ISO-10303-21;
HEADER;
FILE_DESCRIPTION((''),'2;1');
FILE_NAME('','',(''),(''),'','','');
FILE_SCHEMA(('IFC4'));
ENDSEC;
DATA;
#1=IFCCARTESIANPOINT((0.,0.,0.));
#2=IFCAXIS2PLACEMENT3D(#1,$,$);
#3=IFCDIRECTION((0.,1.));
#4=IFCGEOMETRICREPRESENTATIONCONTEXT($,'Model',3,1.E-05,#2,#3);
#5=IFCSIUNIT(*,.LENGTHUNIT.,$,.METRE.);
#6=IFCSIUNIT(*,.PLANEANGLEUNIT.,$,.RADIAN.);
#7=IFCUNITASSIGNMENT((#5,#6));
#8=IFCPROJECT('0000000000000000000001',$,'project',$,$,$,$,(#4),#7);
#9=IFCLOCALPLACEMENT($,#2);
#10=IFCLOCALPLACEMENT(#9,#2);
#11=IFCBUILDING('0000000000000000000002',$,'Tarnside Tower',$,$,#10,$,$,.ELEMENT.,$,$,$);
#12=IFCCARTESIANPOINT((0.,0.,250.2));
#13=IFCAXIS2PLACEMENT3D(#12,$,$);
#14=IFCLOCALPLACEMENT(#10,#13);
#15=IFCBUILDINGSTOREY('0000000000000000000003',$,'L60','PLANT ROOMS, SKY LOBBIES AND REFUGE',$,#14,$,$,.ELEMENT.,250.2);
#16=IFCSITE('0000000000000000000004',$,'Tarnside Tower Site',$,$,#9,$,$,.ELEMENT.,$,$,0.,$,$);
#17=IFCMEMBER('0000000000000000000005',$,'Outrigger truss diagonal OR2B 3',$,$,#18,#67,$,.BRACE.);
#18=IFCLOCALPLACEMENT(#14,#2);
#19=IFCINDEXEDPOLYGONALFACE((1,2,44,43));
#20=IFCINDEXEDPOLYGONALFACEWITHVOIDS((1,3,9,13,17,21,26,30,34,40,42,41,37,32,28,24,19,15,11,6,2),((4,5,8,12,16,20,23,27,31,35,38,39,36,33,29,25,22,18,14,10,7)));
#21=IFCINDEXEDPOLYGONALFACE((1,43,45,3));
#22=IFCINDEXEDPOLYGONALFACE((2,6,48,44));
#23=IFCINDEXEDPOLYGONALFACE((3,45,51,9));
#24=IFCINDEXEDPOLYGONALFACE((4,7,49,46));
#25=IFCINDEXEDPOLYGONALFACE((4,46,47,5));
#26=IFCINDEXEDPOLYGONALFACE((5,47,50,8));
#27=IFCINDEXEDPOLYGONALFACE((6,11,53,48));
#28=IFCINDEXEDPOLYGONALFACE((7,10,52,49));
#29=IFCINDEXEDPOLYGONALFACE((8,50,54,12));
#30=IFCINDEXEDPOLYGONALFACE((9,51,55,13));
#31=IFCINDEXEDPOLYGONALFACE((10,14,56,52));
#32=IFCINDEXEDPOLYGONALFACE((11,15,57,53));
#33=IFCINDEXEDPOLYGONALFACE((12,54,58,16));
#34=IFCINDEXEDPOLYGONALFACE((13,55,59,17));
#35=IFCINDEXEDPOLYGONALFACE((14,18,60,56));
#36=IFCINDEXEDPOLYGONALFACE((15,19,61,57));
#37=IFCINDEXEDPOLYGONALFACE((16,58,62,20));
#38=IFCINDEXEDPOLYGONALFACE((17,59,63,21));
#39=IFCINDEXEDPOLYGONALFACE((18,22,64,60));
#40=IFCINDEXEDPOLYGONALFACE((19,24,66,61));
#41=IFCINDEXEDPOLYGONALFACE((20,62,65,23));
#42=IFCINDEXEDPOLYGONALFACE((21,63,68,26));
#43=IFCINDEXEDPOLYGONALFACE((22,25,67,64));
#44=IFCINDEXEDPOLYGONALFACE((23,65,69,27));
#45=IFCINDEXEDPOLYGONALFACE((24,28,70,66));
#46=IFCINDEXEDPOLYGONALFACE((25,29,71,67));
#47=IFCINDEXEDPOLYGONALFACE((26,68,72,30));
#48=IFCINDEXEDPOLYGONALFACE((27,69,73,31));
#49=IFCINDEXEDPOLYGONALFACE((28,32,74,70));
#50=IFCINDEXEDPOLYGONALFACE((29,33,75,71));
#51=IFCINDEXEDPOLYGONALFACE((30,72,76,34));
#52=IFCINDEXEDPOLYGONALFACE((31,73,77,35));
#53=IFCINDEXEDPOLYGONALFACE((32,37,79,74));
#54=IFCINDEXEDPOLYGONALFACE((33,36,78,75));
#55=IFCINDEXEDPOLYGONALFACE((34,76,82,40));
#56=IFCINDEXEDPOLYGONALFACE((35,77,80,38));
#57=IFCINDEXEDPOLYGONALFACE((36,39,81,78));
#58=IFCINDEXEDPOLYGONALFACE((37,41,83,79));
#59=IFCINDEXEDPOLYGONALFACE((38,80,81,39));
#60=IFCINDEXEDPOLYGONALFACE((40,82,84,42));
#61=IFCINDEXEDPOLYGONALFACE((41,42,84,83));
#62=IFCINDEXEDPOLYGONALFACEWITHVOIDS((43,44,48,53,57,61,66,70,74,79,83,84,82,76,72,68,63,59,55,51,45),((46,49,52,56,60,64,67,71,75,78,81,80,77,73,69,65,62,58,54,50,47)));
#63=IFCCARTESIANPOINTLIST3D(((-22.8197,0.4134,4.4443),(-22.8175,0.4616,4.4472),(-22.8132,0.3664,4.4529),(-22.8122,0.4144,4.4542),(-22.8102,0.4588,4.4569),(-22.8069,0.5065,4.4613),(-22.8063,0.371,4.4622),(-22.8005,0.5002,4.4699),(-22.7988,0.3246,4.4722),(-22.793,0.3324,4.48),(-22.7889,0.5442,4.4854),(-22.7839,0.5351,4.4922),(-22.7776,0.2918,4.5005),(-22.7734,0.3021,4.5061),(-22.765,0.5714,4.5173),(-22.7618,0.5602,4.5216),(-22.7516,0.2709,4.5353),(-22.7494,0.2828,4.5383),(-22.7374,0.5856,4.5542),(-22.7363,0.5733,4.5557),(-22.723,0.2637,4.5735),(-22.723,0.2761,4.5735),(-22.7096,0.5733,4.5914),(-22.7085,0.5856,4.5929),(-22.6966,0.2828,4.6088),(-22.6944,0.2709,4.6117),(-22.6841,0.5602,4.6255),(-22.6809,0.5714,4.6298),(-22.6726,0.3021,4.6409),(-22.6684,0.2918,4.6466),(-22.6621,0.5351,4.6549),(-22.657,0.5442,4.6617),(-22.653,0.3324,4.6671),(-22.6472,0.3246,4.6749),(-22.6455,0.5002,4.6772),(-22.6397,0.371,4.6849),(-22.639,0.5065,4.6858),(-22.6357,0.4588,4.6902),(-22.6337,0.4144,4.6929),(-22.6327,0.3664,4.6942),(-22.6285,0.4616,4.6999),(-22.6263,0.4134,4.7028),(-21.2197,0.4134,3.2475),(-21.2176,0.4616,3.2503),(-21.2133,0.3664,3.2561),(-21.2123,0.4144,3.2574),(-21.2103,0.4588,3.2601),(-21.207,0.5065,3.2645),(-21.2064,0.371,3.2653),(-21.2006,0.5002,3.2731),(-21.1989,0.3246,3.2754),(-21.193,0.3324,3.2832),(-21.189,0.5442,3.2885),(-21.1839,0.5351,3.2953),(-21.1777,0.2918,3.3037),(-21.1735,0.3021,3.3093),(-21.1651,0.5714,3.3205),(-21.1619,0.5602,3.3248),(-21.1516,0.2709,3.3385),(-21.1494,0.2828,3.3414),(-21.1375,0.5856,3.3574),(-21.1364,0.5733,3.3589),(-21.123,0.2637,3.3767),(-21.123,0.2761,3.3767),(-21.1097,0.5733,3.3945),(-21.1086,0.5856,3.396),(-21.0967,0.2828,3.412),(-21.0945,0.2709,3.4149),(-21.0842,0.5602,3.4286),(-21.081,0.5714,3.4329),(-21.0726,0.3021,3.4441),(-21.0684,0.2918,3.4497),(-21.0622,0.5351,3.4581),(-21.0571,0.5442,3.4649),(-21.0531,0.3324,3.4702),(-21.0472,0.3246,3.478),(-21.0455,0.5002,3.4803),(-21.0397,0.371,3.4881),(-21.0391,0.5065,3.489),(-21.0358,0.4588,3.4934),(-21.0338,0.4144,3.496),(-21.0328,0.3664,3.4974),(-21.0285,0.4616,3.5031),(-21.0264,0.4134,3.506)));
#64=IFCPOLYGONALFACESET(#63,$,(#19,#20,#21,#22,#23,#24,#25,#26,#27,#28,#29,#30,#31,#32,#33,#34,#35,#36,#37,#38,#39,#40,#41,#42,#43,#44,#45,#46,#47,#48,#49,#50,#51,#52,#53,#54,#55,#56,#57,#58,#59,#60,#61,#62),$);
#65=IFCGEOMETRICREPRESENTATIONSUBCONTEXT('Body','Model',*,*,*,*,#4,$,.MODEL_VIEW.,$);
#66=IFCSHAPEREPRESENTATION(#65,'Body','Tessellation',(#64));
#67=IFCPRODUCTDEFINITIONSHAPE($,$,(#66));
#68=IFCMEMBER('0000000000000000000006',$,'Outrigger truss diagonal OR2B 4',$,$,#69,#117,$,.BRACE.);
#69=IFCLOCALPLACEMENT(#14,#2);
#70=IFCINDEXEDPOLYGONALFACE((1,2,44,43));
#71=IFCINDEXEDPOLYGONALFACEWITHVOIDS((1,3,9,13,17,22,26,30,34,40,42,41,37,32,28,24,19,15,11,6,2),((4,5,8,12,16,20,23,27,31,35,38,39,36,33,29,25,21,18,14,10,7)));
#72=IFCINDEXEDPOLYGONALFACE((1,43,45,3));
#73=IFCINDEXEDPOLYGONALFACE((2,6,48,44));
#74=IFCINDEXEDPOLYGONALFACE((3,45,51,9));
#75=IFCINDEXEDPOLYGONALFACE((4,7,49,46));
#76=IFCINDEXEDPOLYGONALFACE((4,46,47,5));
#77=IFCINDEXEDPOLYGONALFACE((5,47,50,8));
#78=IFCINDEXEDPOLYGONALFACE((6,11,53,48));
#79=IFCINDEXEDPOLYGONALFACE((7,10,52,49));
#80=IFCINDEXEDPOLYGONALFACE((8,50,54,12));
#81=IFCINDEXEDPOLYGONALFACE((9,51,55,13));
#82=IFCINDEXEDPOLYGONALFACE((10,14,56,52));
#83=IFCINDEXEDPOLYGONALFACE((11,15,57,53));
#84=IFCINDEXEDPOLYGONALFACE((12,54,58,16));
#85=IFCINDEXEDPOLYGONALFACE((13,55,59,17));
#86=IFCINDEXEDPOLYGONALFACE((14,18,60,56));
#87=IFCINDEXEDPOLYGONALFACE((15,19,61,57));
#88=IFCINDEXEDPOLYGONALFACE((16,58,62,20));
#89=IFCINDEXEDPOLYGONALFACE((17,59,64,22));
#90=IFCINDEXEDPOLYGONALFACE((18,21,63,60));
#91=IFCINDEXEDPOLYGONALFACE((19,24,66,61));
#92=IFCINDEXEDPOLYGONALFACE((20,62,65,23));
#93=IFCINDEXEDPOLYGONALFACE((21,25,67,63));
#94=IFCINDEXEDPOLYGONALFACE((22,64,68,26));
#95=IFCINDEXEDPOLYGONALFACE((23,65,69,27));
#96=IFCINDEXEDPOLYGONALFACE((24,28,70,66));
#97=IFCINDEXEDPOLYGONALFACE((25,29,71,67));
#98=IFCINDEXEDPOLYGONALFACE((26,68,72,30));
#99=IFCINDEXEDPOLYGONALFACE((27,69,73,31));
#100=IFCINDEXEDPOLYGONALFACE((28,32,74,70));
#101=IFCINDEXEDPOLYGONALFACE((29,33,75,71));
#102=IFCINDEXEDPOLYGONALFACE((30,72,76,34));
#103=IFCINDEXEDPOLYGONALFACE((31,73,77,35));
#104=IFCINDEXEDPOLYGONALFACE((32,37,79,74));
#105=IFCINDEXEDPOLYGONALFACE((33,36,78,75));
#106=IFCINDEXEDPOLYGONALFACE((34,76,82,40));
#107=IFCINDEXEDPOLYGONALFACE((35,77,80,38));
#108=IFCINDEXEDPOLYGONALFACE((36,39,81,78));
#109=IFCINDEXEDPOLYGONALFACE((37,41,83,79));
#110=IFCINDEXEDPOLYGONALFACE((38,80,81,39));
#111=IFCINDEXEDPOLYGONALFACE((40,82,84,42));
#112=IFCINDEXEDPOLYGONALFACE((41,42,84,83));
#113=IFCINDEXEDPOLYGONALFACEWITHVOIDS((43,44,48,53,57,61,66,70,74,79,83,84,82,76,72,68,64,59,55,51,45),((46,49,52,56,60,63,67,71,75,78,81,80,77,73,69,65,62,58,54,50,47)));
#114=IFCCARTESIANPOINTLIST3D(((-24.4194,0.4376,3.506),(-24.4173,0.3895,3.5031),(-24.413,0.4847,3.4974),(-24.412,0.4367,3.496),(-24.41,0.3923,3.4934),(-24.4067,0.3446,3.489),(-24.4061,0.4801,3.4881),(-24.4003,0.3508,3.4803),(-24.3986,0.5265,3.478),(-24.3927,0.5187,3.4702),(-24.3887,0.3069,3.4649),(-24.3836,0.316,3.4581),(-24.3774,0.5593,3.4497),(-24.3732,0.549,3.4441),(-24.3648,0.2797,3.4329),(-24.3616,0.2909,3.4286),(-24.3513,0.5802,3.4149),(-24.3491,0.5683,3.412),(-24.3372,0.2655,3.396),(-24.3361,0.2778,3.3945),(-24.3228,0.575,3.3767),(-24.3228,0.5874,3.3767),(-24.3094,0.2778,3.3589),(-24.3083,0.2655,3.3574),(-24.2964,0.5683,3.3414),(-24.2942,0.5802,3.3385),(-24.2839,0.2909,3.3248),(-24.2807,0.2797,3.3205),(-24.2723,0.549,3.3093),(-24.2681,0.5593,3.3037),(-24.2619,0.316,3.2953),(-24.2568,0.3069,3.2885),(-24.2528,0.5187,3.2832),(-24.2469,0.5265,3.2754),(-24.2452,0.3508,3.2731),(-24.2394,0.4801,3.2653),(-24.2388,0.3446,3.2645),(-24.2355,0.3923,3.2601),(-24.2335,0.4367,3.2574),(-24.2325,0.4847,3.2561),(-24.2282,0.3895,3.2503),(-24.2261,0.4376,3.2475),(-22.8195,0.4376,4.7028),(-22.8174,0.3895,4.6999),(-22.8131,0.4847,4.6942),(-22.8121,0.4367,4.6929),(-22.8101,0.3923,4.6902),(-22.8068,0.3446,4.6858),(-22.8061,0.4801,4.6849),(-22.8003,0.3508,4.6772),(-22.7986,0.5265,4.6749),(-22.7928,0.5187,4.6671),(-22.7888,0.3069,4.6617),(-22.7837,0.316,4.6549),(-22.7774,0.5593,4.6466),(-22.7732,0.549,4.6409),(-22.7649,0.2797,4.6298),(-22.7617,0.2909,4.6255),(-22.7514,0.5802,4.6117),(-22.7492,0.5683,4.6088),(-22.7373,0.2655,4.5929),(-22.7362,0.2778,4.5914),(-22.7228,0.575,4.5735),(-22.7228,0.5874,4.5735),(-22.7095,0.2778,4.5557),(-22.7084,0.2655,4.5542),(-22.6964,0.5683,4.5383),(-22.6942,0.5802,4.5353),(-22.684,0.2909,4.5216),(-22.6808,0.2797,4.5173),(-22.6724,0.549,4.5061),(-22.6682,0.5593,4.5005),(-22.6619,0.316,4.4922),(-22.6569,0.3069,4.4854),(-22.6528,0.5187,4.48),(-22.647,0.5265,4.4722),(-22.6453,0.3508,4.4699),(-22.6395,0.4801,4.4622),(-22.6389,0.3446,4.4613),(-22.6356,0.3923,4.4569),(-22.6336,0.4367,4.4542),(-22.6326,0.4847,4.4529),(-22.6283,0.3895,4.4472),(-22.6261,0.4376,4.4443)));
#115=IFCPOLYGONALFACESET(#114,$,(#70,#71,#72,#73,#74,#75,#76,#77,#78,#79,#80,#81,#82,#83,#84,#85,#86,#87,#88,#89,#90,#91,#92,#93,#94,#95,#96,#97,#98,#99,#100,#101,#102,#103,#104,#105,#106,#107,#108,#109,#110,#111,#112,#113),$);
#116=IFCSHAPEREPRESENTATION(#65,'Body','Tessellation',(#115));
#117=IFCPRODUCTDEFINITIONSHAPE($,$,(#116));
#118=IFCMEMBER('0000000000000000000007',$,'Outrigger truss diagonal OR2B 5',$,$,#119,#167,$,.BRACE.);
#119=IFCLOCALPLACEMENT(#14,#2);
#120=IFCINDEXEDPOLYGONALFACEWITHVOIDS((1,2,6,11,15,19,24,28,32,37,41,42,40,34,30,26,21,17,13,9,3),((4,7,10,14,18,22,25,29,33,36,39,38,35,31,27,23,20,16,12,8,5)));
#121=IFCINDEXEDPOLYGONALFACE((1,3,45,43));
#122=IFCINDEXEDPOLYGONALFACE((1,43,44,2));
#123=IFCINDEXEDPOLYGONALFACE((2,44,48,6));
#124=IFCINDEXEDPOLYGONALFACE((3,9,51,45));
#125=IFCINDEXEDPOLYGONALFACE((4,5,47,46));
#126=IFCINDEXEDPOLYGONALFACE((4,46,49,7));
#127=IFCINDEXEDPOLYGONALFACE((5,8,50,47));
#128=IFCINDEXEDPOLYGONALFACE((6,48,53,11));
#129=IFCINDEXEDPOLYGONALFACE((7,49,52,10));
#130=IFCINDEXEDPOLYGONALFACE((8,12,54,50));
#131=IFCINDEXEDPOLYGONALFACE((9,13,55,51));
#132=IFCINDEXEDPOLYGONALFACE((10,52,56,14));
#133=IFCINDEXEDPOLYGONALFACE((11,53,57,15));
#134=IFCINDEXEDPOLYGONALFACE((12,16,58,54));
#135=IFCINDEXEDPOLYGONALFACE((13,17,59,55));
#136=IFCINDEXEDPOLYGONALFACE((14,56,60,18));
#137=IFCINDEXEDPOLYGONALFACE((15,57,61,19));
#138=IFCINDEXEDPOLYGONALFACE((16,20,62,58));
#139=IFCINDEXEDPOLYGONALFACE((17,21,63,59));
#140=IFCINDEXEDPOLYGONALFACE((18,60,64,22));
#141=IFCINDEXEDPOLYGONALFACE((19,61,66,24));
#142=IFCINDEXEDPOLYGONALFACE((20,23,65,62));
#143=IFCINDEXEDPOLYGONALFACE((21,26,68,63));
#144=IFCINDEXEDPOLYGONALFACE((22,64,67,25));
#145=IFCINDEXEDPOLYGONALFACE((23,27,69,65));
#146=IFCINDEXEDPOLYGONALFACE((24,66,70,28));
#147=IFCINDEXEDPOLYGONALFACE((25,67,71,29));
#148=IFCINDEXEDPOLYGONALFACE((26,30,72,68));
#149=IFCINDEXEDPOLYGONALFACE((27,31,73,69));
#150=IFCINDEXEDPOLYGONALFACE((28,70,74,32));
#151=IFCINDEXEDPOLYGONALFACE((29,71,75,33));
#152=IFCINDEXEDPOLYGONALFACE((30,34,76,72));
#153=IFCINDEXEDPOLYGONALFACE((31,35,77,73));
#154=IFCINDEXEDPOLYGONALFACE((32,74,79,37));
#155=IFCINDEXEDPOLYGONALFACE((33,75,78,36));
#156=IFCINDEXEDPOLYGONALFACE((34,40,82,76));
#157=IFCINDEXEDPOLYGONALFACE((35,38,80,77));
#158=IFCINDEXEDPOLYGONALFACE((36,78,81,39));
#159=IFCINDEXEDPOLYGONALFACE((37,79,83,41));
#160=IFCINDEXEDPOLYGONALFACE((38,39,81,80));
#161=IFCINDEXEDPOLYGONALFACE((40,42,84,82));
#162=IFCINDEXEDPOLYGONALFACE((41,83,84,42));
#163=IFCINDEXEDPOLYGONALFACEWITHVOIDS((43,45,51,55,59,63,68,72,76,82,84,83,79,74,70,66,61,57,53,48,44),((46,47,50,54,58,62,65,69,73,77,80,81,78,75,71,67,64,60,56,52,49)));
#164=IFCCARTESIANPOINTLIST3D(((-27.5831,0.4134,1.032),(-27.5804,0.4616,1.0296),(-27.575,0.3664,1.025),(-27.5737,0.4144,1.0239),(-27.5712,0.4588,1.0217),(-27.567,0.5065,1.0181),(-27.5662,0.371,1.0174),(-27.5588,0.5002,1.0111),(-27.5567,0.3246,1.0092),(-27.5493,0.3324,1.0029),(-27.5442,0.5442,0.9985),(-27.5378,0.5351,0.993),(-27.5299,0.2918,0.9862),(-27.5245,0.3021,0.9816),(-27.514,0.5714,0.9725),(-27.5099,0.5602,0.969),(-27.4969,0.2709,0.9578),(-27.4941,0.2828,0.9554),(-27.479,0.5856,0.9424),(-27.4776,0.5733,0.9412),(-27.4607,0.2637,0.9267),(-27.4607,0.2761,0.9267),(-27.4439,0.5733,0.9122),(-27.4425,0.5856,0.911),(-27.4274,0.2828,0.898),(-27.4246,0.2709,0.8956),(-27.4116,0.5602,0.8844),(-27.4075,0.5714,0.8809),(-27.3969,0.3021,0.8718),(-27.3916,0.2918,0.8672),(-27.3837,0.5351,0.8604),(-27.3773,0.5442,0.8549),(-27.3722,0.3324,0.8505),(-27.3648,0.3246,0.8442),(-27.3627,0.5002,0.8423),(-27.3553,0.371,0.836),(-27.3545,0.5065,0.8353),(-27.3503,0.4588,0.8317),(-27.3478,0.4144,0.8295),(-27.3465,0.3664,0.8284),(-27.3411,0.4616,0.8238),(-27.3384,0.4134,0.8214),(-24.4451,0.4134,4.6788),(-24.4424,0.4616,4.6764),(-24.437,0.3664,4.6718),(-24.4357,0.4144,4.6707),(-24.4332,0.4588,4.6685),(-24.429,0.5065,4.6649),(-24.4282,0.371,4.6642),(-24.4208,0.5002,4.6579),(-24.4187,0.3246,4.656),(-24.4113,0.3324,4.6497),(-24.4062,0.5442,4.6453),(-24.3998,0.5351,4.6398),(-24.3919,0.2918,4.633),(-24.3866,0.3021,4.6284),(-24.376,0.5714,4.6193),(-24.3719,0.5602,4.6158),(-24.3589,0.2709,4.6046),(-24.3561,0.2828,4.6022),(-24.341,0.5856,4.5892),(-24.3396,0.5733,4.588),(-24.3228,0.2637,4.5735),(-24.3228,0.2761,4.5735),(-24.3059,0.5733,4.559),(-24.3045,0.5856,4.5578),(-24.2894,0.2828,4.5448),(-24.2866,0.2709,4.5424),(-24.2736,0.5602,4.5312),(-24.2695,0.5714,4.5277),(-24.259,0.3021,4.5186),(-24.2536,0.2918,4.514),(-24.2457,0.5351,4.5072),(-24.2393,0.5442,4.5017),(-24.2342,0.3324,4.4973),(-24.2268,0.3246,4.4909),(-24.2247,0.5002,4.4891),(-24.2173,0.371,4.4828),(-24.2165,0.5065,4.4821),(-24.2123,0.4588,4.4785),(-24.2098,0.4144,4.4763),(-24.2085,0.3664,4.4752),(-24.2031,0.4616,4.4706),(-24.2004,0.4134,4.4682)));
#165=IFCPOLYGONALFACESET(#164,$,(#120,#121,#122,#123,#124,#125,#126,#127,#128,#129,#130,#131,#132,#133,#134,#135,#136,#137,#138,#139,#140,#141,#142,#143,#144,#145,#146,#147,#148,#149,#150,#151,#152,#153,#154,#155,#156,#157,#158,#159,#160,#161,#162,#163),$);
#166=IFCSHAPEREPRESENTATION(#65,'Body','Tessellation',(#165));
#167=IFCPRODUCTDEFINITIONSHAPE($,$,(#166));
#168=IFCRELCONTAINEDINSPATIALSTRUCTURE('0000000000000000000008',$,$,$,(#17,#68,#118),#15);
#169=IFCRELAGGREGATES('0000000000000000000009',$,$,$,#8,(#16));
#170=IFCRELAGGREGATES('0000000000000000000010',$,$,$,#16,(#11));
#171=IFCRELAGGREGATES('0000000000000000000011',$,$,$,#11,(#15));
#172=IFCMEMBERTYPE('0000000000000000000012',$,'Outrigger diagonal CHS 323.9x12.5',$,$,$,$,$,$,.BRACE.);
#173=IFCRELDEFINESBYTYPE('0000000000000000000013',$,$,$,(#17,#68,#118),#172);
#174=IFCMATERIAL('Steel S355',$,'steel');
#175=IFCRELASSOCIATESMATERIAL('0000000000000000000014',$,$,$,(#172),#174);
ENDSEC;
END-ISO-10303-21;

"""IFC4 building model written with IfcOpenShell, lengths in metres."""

from ifc_helpers import new_model, si_unit, direction, frame, origin, origin_2d, place, context, subcontext, project, spatial, hollow_circle, extrude, material, material_profile, profile_set, type_object, element, save


model = new_model("IFC4")

# Units and contexts
model_context = context("Model", 3, precision=1e-05, world=origin(), true_north=direction((0.0, 1.0)))
body_context = subcontext(model_context, "Body", "Model", "MODEL_VIEW")
ifc_project = project(units=[si_unit("LENGTHUNIT", "METRE"), si_unit("PLANEANGLEUNIT", "RADIAN")], contexts=[model_context])

# Site, building, storey
site_placement = place(None, origin())
site = spatial("IfcSite", under=ifc_project, at=site_placement, Name="Tarnside Tower Site", CompositionType="ELEMENT", RefElevation=0.0)
building_placement = place(site_placement, origin())
building = spatial("IfcBuilding", under=site, at=building_placement, Name="Tarnside Tower", CompositionType="ELEMENT")
storey_placement = place(building_placement, frame((0.0, 0.0, 250.2)))
storey = spatial("IfcBuildingStorey", under=building, at=storey_placement, Name="L60", Description="PLANT ROOMS, SKY LOBBIES AND REFUGE", CompositionType="ELEMENT", Elevation=250.2)

# Members
ifc_material_1 = material(Name="Steel S355", Category="steel")
ifc_material_profile_1 = material_profile(ifc_material_1, hollow_circle(Radius=0.1619, WallThickness=0.0125, at=origin_2d()), Name="CHS 323.9x12.5")
ifc_profile_set_1 = profile_set([ifc_material_profile_1], Name="Steel S355")
member_type_1 = type_object("IfcMemberType", Name="Outrigger diagonal CHS 323.9x12.5", PredefinedType="BRACE", material=ifc_profile_set_1)
for number, where, z_axis, x_axis, name in (
    (1, (-21.123, 0.4255, 3.3767), (-0.800747, 0.0, 0.599002), (0.0, -1.0, 0.0), "Outrigger truss diagonal OR2B 3"),
    (2, (-24.3228, 0.4255, 3.3767), (0.800747, 0.0, 0.599002), (0.0, 1.0, 0.0), "Outrigger truss diagonal OR2B 4"),
):
    element("IfcMember", number, at=place(storey_placement, frame(where, z_axis=z_axis, x_axis=x_axis)), inside=storey, type_object=member_type_1, Name=name, PredefinedType="BRACE", context=body_context, shape_type="SweptSolid", body=[
        extrude(hollow_circle(Radius=0.1619, WallThickness=0.0125, at=origin_2d()), origin(), (0.0, 0.0, 1.0), 1.998),
    ])
member_1_placement = place(storey_placement, frame((-24.3228, 0.4255, 4.5735), z_axis=(-0.652249, 0.0, -0.758005), x_axis=(0.0, -1.0, 0.0)))
element("IfcMember", 3, at=member_1_placement, inside=storey, type_object=member_type_1, Name="Outrigger truss diagonal OR2B 5", PredefinedType="BRACE", context=body_context, shape_type="SweptSolid", body=[
    extrude(hollow_circle(Radius=0.1619, WallThickness=0.0125, at=origin_2d()), origin(), (0.0, 0.0, 1.0), 4.811),
])

save(model, "model.ifc")
